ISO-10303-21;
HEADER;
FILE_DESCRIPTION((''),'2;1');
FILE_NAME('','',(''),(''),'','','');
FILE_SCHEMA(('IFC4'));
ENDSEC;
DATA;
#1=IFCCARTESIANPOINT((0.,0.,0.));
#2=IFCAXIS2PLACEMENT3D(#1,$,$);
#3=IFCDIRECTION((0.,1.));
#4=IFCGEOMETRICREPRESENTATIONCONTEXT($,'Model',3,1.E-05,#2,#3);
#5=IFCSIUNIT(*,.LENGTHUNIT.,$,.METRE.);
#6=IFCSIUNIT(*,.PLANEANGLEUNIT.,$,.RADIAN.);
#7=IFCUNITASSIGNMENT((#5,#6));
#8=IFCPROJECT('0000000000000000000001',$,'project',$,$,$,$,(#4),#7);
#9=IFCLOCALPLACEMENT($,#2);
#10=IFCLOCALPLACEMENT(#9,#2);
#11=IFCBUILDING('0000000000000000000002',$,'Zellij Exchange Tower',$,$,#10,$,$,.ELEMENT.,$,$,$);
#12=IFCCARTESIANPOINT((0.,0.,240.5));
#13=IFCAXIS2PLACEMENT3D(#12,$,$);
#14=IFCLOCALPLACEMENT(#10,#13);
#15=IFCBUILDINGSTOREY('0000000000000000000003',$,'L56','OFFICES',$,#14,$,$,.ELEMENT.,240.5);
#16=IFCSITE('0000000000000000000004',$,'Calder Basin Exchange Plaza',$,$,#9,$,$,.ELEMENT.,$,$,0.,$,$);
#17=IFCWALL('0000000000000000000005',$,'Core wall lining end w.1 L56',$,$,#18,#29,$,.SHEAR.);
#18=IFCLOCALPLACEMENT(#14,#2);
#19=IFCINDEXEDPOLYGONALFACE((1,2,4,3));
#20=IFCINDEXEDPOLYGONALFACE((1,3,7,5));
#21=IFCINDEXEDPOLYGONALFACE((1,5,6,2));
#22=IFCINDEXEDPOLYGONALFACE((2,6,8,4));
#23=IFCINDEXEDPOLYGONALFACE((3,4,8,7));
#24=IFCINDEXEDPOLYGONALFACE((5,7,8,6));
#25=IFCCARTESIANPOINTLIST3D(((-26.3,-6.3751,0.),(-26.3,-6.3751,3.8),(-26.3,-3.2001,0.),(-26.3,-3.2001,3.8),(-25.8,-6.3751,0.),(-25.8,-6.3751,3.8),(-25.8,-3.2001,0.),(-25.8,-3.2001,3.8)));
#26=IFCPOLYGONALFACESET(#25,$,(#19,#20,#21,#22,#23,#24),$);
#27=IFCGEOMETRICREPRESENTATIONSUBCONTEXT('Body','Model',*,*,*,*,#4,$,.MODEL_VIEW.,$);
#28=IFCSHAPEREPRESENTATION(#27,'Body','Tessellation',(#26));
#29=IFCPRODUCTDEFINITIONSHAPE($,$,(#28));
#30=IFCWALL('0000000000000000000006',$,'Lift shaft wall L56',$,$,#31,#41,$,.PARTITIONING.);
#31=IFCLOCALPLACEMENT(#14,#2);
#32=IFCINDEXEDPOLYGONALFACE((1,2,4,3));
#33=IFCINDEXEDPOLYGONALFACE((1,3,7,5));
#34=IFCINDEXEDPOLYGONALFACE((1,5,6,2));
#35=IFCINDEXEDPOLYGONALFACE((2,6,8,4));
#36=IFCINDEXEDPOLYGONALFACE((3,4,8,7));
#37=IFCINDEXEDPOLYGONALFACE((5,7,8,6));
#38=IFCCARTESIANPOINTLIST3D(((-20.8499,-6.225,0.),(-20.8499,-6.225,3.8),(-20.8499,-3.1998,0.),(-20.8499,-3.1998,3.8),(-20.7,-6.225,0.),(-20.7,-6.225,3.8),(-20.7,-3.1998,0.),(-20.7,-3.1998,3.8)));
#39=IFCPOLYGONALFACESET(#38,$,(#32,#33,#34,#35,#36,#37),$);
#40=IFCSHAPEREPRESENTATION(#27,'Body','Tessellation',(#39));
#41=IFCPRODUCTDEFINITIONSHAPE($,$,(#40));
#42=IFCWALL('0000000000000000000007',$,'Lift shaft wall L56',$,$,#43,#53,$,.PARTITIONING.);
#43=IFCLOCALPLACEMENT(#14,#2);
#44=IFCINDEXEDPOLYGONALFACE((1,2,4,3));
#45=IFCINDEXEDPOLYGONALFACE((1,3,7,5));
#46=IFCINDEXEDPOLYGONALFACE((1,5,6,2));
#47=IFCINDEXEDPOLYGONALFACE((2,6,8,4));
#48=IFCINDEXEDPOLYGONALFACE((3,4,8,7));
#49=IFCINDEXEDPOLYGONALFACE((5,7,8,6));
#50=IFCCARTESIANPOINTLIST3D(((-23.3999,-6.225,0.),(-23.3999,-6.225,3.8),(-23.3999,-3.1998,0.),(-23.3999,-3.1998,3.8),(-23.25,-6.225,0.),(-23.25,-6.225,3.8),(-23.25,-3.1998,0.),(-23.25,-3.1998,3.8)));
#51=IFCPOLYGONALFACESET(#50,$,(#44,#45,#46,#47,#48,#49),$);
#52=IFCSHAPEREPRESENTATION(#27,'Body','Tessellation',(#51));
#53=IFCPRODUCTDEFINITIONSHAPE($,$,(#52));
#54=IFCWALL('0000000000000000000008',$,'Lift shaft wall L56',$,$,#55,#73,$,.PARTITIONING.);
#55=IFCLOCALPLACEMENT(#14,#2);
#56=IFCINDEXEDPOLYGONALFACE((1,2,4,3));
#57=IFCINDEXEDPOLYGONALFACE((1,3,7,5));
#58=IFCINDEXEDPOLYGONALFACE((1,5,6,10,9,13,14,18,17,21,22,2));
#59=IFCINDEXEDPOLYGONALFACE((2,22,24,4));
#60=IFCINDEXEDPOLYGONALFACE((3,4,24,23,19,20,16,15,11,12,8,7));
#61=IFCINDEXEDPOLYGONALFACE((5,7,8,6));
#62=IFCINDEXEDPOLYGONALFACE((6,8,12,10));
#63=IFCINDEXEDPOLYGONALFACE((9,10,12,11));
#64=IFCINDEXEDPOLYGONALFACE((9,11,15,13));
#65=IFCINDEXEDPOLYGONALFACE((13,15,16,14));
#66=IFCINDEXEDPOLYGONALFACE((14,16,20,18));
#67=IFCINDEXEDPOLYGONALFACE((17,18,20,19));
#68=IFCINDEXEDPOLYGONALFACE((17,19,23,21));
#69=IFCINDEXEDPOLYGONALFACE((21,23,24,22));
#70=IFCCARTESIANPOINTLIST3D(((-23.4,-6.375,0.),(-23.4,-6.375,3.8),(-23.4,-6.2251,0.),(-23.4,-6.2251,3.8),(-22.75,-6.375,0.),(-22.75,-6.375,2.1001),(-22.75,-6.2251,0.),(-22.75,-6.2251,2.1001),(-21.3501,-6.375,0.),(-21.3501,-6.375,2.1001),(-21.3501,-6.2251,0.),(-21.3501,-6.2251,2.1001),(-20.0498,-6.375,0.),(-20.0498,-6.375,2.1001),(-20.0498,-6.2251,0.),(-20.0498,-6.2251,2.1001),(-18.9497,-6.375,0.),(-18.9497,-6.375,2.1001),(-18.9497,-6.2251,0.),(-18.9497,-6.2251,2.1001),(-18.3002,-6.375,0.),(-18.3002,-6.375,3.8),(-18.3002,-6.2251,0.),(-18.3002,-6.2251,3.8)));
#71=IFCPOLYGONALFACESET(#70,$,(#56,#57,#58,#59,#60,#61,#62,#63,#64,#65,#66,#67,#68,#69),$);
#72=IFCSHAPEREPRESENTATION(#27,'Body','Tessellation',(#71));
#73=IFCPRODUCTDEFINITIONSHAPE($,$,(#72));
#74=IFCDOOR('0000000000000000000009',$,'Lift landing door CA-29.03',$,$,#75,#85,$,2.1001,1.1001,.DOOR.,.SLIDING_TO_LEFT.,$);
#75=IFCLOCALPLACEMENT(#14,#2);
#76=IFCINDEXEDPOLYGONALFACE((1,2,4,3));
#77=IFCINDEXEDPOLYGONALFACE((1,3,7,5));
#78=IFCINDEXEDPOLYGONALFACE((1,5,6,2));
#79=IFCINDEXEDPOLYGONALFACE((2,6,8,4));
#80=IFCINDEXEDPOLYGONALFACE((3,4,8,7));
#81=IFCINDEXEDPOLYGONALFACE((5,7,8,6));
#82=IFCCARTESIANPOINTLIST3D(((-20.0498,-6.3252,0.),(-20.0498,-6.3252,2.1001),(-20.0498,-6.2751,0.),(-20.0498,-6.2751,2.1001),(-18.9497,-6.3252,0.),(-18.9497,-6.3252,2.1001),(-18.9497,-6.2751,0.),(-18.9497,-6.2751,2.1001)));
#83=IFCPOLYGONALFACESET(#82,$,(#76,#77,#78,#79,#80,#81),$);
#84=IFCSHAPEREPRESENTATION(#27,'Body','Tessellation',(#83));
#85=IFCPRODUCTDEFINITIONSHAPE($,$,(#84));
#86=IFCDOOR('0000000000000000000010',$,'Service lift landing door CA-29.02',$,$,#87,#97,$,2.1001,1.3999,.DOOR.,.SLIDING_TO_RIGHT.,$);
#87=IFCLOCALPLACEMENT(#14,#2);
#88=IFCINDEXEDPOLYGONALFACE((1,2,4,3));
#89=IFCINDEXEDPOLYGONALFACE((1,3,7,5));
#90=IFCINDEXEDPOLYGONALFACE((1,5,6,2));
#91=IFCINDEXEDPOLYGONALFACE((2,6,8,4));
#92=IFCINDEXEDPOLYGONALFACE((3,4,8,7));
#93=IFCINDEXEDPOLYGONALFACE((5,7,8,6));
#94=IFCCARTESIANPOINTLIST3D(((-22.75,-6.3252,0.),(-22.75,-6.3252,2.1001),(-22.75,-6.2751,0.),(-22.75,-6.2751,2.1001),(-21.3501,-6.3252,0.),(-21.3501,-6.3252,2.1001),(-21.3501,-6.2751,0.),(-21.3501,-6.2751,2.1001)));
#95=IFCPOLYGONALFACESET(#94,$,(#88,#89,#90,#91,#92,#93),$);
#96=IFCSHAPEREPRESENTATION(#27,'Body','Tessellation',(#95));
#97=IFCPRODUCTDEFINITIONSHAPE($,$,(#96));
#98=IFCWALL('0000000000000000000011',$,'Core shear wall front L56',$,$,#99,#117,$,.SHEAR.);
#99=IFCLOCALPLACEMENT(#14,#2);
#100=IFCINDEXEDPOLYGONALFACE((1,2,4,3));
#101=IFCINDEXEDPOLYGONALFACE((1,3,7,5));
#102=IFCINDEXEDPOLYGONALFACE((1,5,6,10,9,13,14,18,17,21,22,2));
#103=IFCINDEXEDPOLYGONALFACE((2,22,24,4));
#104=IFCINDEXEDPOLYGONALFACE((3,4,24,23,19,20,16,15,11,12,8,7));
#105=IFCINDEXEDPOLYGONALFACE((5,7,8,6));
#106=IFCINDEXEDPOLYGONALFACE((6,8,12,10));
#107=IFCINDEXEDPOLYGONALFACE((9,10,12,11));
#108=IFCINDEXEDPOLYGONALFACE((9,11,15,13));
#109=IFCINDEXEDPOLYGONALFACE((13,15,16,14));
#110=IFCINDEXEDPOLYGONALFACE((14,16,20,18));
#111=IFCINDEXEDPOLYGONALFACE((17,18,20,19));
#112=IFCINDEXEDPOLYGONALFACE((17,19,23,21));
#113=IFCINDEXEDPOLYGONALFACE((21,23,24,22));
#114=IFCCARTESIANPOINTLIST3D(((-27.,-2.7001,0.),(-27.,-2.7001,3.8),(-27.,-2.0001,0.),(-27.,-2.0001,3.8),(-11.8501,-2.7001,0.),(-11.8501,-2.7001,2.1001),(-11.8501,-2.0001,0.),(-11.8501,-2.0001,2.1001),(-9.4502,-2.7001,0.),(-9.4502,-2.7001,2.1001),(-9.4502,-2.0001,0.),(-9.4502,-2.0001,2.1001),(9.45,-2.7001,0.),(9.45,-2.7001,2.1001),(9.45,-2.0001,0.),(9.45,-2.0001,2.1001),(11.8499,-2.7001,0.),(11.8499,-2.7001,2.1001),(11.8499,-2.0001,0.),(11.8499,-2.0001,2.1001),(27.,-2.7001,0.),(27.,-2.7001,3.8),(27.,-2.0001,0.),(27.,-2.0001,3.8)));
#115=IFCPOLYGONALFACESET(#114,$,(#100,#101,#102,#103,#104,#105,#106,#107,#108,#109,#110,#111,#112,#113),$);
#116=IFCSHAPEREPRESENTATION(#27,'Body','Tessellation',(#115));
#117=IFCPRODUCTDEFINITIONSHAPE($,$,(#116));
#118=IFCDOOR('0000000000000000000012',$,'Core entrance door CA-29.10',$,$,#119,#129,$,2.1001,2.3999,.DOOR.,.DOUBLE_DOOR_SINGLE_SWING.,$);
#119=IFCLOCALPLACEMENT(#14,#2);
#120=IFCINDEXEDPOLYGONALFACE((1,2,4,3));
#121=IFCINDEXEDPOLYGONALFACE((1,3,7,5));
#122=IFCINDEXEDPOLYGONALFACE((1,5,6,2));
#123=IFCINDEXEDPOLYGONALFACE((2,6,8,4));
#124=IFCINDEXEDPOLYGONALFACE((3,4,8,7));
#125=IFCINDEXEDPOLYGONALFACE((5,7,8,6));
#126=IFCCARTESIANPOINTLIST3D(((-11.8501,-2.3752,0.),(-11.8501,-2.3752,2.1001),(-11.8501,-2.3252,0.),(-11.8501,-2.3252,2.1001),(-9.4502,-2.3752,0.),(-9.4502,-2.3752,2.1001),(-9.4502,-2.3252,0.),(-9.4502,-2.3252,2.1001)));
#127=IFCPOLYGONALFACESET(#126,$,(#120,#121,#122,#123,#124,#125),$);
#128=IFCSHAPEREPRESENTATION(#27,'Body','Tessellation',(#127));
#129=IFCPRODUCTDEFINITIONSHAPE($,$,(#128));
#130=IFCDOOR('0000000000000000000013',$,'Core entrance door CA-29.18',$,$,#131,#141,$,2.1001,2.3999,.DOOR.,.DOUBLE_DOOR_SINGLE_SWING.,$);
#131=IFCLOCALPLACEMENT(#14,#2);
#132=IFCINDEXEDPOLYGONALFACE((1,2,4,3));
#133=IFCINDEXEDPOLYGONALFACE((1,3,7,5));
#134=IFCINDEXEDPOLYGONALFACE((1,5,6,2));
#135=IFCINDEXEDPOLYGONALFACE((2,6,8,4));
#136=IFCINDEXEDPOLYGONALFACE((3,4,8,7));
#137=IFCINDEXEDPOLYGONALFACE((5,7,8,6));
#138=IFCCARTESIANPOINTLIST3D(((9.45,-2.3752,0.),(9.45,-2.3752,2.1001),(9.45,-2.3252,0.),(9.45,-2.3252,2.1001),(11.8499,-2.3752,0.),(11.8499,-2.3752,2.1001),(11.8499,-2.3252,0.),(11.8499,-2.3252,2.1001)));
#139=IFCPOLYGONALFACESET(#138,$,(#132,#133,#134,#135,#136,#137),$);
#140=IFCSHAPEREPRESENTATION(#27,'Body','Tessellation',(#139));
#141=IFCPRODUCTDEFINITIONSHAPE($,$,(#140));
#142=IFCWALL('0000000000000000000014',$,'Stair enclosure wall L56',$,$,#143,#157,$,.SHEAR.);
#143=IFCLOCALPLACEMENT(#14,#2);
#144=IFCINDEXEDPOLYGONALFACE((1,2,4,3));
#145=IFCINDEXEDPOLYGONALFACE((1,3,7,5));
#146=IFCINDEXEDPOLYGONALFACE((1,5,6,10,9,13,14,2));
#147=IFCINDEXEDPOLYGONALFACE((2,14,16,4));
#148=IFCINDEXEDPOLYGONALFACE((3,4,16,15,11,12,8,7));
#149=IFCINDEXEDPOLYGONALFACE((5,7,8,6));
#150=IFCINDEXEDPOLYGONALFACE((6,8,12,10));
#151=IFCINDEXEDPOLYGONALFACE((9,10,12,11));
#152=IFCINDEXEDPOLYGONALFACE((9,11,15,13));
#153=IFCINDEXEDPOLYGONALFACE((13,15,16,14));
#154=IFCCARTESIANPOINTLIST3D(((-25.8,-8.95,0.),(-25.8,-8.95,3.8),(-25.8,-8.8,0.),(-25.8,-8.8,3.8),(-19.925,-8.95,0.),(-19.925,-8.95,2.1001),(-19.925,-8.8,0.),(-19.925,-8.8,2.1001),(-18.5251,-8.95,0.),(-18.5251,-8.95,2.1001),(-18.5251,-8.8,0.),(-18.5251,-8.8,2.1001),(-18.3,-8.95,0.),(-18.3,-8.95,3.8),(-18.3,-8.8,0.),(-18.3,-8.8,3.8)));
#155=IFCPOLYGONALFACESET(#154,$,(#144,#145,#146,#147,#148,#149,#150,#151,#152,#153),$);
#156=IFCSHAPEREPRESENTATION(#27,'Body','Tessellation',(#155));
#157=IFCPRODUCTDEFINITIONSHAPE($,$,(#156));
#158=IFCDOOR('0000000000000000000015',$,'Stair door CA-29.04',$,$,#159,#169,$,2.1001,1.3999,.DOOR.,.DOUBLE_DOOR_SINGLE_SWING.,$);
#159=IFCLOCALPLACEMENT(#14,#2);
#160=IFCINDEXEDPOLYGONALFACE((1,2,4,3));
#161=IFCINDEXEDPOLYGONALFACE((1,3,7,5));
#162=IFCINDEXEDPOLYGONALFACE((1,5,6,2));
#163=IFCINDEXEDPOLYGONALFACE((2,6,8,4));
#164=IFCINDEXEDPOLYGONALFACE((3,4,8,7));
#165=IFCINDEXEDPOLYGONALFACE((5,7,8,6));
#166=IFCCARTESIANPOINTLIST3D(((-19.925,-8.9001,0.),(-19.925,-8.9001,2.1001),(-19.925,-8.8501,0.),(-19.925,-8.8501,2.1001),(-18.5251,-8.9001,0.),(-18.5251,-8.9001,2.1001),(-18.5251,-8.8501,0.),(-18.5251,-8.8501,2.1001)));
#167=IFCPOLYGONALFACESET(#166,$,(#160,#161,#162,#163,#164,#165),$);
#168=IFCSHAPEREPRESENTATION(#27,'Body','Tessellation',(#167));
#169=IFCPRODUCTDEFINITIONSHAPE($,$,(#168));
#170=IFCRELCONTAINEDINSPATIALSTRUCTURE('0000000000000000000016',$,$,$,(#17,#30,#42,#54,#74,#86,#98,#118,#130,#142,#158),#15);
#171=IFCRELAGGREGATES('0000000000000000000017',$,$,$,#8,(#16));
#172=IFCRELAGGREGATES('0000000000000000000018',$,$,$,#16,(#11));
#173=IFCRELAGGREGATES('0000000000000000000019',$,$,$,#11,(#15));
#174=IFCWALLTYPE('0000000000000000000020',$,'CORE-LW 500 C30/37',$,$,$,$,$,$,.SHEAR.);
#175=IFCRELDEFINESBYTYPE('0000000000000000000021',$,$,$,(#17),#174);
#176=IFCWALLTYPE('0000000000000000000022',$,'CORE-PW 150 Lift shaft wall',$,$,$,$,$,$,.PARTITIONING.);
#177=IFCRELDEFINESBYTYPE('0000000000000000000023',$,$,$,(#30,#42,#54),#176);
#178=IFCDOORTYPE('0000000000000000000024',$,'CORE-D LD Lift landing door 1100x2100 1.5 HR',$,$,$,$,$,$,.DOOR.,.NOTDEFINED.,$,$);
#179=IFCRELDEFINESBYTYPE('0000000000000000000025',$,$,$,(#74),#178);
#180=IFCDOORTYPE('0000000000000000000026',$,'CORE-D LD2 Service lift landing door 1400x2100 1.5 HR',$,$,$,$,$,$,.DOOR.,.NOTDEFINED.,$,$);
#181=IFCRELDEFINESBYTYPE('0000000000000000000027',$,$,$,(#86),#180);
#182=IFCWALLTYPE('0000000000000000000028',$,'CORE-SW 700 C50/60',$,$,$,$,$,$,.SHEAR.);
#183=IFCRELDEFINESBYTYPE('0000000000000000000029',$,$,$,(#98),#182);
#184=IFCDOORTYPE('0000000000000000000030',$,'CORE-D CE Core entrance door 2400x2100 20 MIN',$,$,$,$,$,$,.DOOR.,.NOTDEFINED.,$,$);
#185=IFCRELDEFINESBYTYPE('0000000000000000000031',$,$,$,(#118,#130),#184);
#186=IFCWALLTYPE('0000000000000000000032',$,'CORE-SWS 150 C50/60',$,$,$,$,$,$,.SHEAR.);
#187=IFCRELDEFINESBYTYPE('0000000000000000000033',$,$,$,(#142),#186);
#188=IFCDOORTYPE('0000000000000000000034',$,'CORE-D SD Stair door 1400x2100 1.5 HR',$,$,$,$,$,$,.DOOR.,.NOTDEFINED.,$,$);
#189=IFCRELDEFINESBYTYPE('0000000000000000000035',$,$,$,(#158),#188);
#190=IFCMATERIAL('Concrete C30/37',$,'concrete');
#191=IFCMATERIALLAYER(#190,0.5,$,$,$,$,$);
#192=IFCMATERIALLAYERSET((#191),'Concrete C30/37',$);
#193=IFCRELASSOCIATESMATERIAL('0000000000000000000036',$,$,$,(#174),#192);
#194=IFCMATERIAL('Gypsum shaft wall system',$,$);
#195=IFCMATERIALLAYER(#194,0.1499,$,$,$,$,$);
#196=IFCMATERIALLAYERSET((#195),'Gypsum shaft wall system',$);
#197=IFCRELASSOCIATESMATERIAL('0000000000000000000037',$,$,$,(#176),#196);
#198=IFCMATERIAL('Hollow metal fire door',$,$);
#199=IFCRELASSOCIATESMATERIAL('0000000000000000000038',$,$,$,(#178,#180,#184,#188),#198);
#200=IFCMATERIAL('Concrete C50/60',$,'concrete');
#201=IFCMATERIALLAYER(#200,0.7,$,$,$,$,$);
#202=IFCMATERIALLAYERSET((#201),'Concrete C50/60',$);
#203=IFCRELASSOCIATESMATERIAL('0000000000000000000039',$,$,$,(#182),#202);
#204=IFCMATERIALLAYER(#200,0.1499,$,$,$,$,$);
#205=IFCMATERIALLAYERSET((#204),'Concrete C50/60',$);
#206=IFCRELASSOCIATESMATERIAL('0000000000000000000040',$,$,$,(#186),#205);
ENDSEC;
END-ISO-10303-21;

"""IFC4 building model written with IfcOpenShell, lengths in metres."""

from ifc_helpers import new_model, si_unit, direction, frame, frame_2d, origin, place, context, subcontext, project, spatial, rectangle, extrude, material, layer, layer_set, type_object, element, fill, save


model = new_model("IFC4")

# Units and contexts
model_context = context("Model", 3, precision=1e-05, world=origin(), true_north=direction((0.0, 1.0)))
body_context = subcontext(model_context, "Body", "Model", "MODEL_VIEW")
ifc_project = project(units=[si_unit("LENGTHUNIT", "METRE"), si_unit("PLANEANGLEUNIT", "RADIAN")], contexts=[model_context])

# Site, building, storey
site_placement = place(None, origin())
site = spatial("IfcSite", under=ifc_project, at=site_placement, Name="Calder Basin Exchange Plaza", CompositionType="ELEMENT", RefElevation=0.0)
building_placement = place(site_placement, origin())
building = spatial("IfcBuilding", under=site, at=building_placement, Name="Zellij Exchange Tower", CompositionType="ELEMENT")
storey_placement = place(building_placement, frame((0.0, 0.0, 240.5)))
storey = spatial("IfcBuildingStorey", under=building, at=storey_placement, Name="L56", Description="OFFICES", CompositionType="ELEMENT", Elevation=240.5)

# Shared definitions
ifc_material_1 = material(Name="Concrete C50/60", Category="concrete")

# Walls
ifc_material_2 = material(Name="Concrete C30/37", Category="concrete")
ifc_layer_1 = layer(ifc_material_2, 0.5)
ifc_layer_set_1 = layer_set([ifc_layer_1], Name="Concrete C30/37")
wall_type_1 = type_object("IfcWallType", Name="CORE-LW 500 C30/37", PredefinedType="SHEAR", material=ifc_layer_set_1)
wall_1_placement = place(storey_placement, frame((-26.05, -6.375, 0.0), z_axis=(0.0, 0.0, 1.0), x_axis=(0.0, 1.0, 0.0)))
element("IfcWall", 1, at=wall_1_placement, inside=storey, type_object=wall_type_1, Name="Core wall lining end w.1 L56", PredefinedType="SHEAR", context=body_context, shape_type="SweptSolid", body=[
    extrude(rectangle(XDim=3.175, YDim=0.5, at=frame_2d((1.5874, 0.0))), origin(), (0.0, 0.0, 1.0), 3.8),
])
ifc_material_3 = material(Name="Gypsum shaft wall system")
ifc_layer_2 = layer(ifc_material_3, 0.1499)
ifc_layer_set_2 = layer_set([ifc_layer_2], Name="Gypsum shaft wall system")
wall_type_2 = type_object("IfcWallType", Name="CORE-PW 150 Lift shaft wall", PredefinedType="PARTITIONING", material=ifc_layer_set_2)
for number, where, z_axis, x_axis, name in (
    (2, (-20.7749, -6.2251, 0.0), (0.0, 0.0, 1.0), (0.0, 1.0, 0.0), "Lift shaft wall L56"),
    (3, (-23.325, -6.2251, 0.0), (0.0, 0.0, 1.0), (0.0, 1.0, 0.0), "Lift shaft wall L56"),
):
    element("IfcWall", number, at=place(storey_placement, frame(where, z_axis=z_axis, x_axis=x_axis)), inside=storey, type_object=wall_type_2, Name=name, PredefinedType="PARTITIONING", context=body_context, shape_type="SweptSolid", body=[
        extrude(rectangle(XDim=3.0251, YDim=0.1499, at=frame_2d((1.5127, 0.0))), origin(), (0.0, 0.0, 1.0), 3.8),
    ])

# Walls, openings, doors
wall_2_placement = place(storey_placement, frame((-23.3999, -6.3, 0.0), z_axis=(0.0, 0.0, 1.0), x_axis=(1.0, 0.0, 0.0)))
wall_2 = element("IfcWall", 4, at=wall_2_placement, inside=storey, type_object=wall_type_2, Name="Lift shaft wall L56", PredefinedType="PARTITIONING", context=body_context, shape_type="SweptSolid", body=[
    extrude(rectangle(XDim=5.0999, YDim=0.1499, at=frame_2d((2.5498, 0.0))), origin(), (0.0, 0.0, 1.0), 3.8),
])
opening_1_placement = place(wall_2_placement, frame((0.6499, 0.0, 0.0)))
opening_1 = element("IfcOpeningElement", 5, at=opening_1_placement, cuts=wall_2, PredefinedType="OPENING", context=body_context, shape_type="SweptSolid", body=[
    extrude(rectangle(XDim=1.3999, YDim=2.1001, at=frame_2d((0.7, 1.05))), frame((0.0, 0.0869, 0.0), z_axis=(0.0, -1.0, 0.0), x_axis=(1.0, 0.0, 0.0)), (0.0, 0.0, 1.0), 0.1738),
])
opening_2_placement = place(wall_2_placement, frame((3.3501, 0.0, 0.0)))
opening_2 = element("IfcOpeningElement", 6, at=opening_2_placement, cuts=wall_2, PredefinedType="OPENING", context=body_context, shape_type="SweptSolid", body=[
    extrude(rectangle(XDim=1.1001, YDim=2.1001, at=frame_2d((0.55, 1.05))), frame((0.0, 0.0869, 0.0), z_axis=(0.0, -1.0, 0.0), x_axis=(1.0, 0.0, 0.0)), (0.0, 0.0, 1.0), 0.1738),
])
ifc_material_4 = material(Name="Hollow metal fire door")
door_type_1 = type_object("IfcDoorType", Name="CORE-D LD Lift landing door 1100x2100 1.5 HR", OperationType="NOTDEFINED", PredefinedType="DOOR", material=ifc_material_4)
door_1_placement = place(opening_2_placement, origin())
door_1 = element("IfcDoor", 7, at=door_1_placement, inside=storey, type_object=door_type_1, Name="Lift landing door CA-29.03", OperationType="SLIDING_TO_LEFT", OverallHeight=2.1001, OverallWidth=1.1001, PredefinedType="DOOR", context=body_context, shape_type="SweptSolid", body=[
    extrude(rectangle(XDim=1.1001, YDim=2.1001, at=frame_2d((0.55, 1.05))), frame((0.0, 0.0249, 0.0), z_axis=(0.0, -1.0, 0.0), x_axis=(1.0, 0.0, 0.0)), (0.0, 0.0, 1.0), 0.05),
])
fill(opening_2, door_1)
door_type_2 = type_object("IfcDoorType", Name="CORE-D LD2 Service lift landing door 1400x2100 1.5 HR", OperationType="NOTDEFINED", PredefinedType="DOOR", material=ifc_material_4)
door_2_placement = place(opening_1_placement, origin())
door_2 = element("IfcDoor", 8, at=door_2_placement, inside=storey, type_object=door_type_2, Name="Service lift landing door CA-29.02", OperationType="SLIDING_TO_RIGHT", OverallHeight=2.1001, OverallWidth=1.3999, PredefinedType="DOOR", context=body_context, shape_type="SweptSolid", body=[
    extrude(rectangle(XDim=1.3999, YDim=2.1001, at=frame_2d((0.7, 1.05))), frame((0.0, 0.0249, 0.0), z_axis=(0.0, -1.0, 0.0), x_axis=(1.0, 0.0, 0.0)), (0.0, 0.0, 1.0), 0.05),
])
fill(opening_1, door_2)
ifc_layer_3 = layer(ifc_material_1, 0.7)
ifc_layer_set_3 = layer_set([ifc_layer_3], Name="Concrete C50/60")
wall_type_3 = type_object("IfcWallType", Name="CORE-SW 700 C50/60", PredefinedType="SHEAR", material=ifc_layer_set_3)
wall_3_placement = place(storey_placement, frame((-27.0, -2.3501, 0.0), z_axis=(0.0, 0.0, 1.0), x_axis=(1.0, 0.0, 0.0)))
wall_3 = element("IfcWall", 9, at=wall_3_placement, inside=storey, type_object=wall_type_3, Name="Core shear wall front L56", PredefinedType="SHEAR", context=body_context, shape_type="SweptSolid", body=[
    extrude(rectangle(XDim=54.0, YDim=0.7, at=frame_2d((27.0, 0.0))), origin(), (0.0, 0.0, 1.0), 3.8),
])
opening_3_placement = place(wall_3_placement, frame((15.1499, 0.0, 0.0)))
opening_3 = element("IfcOpeningElement", 10, at=opening_3_placement, cuts=wall_3, PredefinedType="OPENING", context=body_context, shape_type="SweptSolid", body=[
    extrude(rectangle(XDim=2.3999, YDim=2.1001, at=frame_2d((1.2, 1.05))), frame((0.0, 0.3618, 0.0), z_axis=(0.0, -1.0, 0.0), x_axis=(1.0, 0.0, 0.0)), (0.0, 0.0, 1.0), 0.7239),
])
opening_4_placement = place(wall_3_placement, frame((36.45, 0.0, 0.0)))
opening_4 = element("IfcOpeningElement", 11, at=opening_4_placement, cuts=wall_3, PredefinedType="OPENING", context=body_context, shape_type="SweptSolid", body=[
    extrude(rectangle(XDim=2.3999, YDim=2.1001, at=frame_2d((1.2, 1.05))), frame((0.0, 0.3618, 0.0), z_axis=(0.0, -1.0, 0.0), x_axis=(1.0, 0.0, 0.0)), (0.0, 0.0, 1.0), 0.7239),
])
door_type_3 = type_object("IfcDoorType", Name="CORE-D CE Core entrance door 2400x2100 20 MIN", OperationType="NOTDEFINED", PredefinedType="DOOR", material=ifc_material_4)
door_3_placement = place(opening_3_placement, origin())
door_3 = element("IfcDoor", 12, at=door_3_placement, inside=storey, type_object=door_type_3, Name="Core entrance door CA-29.10", OperationType="DOUBLE_DOOR_SINGLE_SWING", OverallHeight=2.1001, OverallWidth=2.3999, PredefinedType="DOOR", context=body_context, shape_type="SweptSolid", body=[
    extrude(rectangle(XDim=2.3999, YDim=2.1001, at=frame_2d((1.2, 1.05))), frame((0.0, 0.0249, 0.0), z_axis=(0.0, -1.0, 0.0), x_axis=(1.0, 0.0, 0.0)), (0.0, 0.0, 1.0), 0.05),
])
fill(opening_3, door_3)
door_4_placement = place(opening_4_placement, origin())
door_4 = element("IfcDoor", 13, at=door_4_placement, inside=storey, type_object=door_type_3, Name="Core entrance door CA-29.18", OperationType="DOUBLE_DOOR_SINGLE_SWING", OverallHeight=2.1001, OverallWidth=2.3999, PredefinedType="DOOR", context=body_context, shape_type="SweptSolid", body=[
    extrude(rectangle(XDim=2.3999, YDim=2.1001, at=frame_2d((1.2, 1.05))), frame((0.0, 0.0249, 0.0), z_axis=(0.0, -1.0, 0.0), x_axis=(1.0, 0.0, 0.0)), (0.0, 0.0, 1.0), 0.05),
])
fill(opening_4, door_4)

# Wall, opening, door
ifc_layer_4 = layer(ifc_material_1, 0.1499)
ifc_layer_set_4 = layer_set([ifc_layer_4], Name="Concrete C50/60")
wall_type_4 = type_object("IfcWallType", Name="CORE-SWS 150 C50/60", PredefinedType="SHEAR", material=ifc_layer_set_4)
wall_4_placement = place(storey_placement, frame((-25.8, -8.875, 0.0), z_axis=(0.0, 0.0, 1.0), x_axis=(1.0, 0.0, 0.0)))
wall_4 = element("IfcWall", 14, at=wall_4_placement, inside=storey, type_object=wall_type_4, Name="Stair enclosure wall L56", PredefinedType="SHEAR", context=body_context, shape_type="SweptSolid", body=[
    extrude(rectangle(XDim=7.5, YDim=0.1499, at=frame_2d((3.75, 0.0))), origin(), (0.0, 0.0, 1.0), 3.8),
])
opening_5_placement = place(wall_4_placement, frame((5.875, 0.0, 0.0)))
opening_5 = element("IfcOpeningElement", 15, at=opening_5_placement, cuts=wall_4, PredefinedType="OPENING", context=body_context, shape_type="SweptSolid", body=[
    extrude(rectangle(XDim=1.3999, YDim=2.1001, at=frame_2d((0.7, 1.05))), frame((0.0, 0.0869, 0.0), z_axis=(0.0, -1.0, 0.0), x_axis=(1.0, 0.0, 0.0)), (0.0, 0.0, 1.0), 0.1738),
])
door_type_4 = type_object("IfcDoorType", Name="CORE-D SD Stair door 1400x2100 1.5 HR", OperationType="NOTDEFINED", PredefinedType="DOOR", material=ifc_material_4)
door_5_placement = place(opening_5_placement, origin())
door_5 = element("IfcDoor", 16, at=door_5_placement, inside=storey, type_object=door_type_4, Name="Stair door CA-29.04", OperationType="DOUBLE_DOOR_SINGLE_SWING", OverallHeight=2.1001, OverallWidth=1.3999, PredefinedType="DOOR", context=body_context, shape_type="SweptSolid", body=[
    extrude(rectangle(XDim=1.3999, YDim=2.1001, at=frame_2d((0.7, 1.05))), frame((0.0, 0.0249, 0.0), z_axis=(0.0, -1.0, 0.0), x_axis=(1.0, 0.0, 0.0)), (0.0, 0.0, 1.0), 0.05),
])
fill(opening_5, door_5)

save(model, "model.ifc")
